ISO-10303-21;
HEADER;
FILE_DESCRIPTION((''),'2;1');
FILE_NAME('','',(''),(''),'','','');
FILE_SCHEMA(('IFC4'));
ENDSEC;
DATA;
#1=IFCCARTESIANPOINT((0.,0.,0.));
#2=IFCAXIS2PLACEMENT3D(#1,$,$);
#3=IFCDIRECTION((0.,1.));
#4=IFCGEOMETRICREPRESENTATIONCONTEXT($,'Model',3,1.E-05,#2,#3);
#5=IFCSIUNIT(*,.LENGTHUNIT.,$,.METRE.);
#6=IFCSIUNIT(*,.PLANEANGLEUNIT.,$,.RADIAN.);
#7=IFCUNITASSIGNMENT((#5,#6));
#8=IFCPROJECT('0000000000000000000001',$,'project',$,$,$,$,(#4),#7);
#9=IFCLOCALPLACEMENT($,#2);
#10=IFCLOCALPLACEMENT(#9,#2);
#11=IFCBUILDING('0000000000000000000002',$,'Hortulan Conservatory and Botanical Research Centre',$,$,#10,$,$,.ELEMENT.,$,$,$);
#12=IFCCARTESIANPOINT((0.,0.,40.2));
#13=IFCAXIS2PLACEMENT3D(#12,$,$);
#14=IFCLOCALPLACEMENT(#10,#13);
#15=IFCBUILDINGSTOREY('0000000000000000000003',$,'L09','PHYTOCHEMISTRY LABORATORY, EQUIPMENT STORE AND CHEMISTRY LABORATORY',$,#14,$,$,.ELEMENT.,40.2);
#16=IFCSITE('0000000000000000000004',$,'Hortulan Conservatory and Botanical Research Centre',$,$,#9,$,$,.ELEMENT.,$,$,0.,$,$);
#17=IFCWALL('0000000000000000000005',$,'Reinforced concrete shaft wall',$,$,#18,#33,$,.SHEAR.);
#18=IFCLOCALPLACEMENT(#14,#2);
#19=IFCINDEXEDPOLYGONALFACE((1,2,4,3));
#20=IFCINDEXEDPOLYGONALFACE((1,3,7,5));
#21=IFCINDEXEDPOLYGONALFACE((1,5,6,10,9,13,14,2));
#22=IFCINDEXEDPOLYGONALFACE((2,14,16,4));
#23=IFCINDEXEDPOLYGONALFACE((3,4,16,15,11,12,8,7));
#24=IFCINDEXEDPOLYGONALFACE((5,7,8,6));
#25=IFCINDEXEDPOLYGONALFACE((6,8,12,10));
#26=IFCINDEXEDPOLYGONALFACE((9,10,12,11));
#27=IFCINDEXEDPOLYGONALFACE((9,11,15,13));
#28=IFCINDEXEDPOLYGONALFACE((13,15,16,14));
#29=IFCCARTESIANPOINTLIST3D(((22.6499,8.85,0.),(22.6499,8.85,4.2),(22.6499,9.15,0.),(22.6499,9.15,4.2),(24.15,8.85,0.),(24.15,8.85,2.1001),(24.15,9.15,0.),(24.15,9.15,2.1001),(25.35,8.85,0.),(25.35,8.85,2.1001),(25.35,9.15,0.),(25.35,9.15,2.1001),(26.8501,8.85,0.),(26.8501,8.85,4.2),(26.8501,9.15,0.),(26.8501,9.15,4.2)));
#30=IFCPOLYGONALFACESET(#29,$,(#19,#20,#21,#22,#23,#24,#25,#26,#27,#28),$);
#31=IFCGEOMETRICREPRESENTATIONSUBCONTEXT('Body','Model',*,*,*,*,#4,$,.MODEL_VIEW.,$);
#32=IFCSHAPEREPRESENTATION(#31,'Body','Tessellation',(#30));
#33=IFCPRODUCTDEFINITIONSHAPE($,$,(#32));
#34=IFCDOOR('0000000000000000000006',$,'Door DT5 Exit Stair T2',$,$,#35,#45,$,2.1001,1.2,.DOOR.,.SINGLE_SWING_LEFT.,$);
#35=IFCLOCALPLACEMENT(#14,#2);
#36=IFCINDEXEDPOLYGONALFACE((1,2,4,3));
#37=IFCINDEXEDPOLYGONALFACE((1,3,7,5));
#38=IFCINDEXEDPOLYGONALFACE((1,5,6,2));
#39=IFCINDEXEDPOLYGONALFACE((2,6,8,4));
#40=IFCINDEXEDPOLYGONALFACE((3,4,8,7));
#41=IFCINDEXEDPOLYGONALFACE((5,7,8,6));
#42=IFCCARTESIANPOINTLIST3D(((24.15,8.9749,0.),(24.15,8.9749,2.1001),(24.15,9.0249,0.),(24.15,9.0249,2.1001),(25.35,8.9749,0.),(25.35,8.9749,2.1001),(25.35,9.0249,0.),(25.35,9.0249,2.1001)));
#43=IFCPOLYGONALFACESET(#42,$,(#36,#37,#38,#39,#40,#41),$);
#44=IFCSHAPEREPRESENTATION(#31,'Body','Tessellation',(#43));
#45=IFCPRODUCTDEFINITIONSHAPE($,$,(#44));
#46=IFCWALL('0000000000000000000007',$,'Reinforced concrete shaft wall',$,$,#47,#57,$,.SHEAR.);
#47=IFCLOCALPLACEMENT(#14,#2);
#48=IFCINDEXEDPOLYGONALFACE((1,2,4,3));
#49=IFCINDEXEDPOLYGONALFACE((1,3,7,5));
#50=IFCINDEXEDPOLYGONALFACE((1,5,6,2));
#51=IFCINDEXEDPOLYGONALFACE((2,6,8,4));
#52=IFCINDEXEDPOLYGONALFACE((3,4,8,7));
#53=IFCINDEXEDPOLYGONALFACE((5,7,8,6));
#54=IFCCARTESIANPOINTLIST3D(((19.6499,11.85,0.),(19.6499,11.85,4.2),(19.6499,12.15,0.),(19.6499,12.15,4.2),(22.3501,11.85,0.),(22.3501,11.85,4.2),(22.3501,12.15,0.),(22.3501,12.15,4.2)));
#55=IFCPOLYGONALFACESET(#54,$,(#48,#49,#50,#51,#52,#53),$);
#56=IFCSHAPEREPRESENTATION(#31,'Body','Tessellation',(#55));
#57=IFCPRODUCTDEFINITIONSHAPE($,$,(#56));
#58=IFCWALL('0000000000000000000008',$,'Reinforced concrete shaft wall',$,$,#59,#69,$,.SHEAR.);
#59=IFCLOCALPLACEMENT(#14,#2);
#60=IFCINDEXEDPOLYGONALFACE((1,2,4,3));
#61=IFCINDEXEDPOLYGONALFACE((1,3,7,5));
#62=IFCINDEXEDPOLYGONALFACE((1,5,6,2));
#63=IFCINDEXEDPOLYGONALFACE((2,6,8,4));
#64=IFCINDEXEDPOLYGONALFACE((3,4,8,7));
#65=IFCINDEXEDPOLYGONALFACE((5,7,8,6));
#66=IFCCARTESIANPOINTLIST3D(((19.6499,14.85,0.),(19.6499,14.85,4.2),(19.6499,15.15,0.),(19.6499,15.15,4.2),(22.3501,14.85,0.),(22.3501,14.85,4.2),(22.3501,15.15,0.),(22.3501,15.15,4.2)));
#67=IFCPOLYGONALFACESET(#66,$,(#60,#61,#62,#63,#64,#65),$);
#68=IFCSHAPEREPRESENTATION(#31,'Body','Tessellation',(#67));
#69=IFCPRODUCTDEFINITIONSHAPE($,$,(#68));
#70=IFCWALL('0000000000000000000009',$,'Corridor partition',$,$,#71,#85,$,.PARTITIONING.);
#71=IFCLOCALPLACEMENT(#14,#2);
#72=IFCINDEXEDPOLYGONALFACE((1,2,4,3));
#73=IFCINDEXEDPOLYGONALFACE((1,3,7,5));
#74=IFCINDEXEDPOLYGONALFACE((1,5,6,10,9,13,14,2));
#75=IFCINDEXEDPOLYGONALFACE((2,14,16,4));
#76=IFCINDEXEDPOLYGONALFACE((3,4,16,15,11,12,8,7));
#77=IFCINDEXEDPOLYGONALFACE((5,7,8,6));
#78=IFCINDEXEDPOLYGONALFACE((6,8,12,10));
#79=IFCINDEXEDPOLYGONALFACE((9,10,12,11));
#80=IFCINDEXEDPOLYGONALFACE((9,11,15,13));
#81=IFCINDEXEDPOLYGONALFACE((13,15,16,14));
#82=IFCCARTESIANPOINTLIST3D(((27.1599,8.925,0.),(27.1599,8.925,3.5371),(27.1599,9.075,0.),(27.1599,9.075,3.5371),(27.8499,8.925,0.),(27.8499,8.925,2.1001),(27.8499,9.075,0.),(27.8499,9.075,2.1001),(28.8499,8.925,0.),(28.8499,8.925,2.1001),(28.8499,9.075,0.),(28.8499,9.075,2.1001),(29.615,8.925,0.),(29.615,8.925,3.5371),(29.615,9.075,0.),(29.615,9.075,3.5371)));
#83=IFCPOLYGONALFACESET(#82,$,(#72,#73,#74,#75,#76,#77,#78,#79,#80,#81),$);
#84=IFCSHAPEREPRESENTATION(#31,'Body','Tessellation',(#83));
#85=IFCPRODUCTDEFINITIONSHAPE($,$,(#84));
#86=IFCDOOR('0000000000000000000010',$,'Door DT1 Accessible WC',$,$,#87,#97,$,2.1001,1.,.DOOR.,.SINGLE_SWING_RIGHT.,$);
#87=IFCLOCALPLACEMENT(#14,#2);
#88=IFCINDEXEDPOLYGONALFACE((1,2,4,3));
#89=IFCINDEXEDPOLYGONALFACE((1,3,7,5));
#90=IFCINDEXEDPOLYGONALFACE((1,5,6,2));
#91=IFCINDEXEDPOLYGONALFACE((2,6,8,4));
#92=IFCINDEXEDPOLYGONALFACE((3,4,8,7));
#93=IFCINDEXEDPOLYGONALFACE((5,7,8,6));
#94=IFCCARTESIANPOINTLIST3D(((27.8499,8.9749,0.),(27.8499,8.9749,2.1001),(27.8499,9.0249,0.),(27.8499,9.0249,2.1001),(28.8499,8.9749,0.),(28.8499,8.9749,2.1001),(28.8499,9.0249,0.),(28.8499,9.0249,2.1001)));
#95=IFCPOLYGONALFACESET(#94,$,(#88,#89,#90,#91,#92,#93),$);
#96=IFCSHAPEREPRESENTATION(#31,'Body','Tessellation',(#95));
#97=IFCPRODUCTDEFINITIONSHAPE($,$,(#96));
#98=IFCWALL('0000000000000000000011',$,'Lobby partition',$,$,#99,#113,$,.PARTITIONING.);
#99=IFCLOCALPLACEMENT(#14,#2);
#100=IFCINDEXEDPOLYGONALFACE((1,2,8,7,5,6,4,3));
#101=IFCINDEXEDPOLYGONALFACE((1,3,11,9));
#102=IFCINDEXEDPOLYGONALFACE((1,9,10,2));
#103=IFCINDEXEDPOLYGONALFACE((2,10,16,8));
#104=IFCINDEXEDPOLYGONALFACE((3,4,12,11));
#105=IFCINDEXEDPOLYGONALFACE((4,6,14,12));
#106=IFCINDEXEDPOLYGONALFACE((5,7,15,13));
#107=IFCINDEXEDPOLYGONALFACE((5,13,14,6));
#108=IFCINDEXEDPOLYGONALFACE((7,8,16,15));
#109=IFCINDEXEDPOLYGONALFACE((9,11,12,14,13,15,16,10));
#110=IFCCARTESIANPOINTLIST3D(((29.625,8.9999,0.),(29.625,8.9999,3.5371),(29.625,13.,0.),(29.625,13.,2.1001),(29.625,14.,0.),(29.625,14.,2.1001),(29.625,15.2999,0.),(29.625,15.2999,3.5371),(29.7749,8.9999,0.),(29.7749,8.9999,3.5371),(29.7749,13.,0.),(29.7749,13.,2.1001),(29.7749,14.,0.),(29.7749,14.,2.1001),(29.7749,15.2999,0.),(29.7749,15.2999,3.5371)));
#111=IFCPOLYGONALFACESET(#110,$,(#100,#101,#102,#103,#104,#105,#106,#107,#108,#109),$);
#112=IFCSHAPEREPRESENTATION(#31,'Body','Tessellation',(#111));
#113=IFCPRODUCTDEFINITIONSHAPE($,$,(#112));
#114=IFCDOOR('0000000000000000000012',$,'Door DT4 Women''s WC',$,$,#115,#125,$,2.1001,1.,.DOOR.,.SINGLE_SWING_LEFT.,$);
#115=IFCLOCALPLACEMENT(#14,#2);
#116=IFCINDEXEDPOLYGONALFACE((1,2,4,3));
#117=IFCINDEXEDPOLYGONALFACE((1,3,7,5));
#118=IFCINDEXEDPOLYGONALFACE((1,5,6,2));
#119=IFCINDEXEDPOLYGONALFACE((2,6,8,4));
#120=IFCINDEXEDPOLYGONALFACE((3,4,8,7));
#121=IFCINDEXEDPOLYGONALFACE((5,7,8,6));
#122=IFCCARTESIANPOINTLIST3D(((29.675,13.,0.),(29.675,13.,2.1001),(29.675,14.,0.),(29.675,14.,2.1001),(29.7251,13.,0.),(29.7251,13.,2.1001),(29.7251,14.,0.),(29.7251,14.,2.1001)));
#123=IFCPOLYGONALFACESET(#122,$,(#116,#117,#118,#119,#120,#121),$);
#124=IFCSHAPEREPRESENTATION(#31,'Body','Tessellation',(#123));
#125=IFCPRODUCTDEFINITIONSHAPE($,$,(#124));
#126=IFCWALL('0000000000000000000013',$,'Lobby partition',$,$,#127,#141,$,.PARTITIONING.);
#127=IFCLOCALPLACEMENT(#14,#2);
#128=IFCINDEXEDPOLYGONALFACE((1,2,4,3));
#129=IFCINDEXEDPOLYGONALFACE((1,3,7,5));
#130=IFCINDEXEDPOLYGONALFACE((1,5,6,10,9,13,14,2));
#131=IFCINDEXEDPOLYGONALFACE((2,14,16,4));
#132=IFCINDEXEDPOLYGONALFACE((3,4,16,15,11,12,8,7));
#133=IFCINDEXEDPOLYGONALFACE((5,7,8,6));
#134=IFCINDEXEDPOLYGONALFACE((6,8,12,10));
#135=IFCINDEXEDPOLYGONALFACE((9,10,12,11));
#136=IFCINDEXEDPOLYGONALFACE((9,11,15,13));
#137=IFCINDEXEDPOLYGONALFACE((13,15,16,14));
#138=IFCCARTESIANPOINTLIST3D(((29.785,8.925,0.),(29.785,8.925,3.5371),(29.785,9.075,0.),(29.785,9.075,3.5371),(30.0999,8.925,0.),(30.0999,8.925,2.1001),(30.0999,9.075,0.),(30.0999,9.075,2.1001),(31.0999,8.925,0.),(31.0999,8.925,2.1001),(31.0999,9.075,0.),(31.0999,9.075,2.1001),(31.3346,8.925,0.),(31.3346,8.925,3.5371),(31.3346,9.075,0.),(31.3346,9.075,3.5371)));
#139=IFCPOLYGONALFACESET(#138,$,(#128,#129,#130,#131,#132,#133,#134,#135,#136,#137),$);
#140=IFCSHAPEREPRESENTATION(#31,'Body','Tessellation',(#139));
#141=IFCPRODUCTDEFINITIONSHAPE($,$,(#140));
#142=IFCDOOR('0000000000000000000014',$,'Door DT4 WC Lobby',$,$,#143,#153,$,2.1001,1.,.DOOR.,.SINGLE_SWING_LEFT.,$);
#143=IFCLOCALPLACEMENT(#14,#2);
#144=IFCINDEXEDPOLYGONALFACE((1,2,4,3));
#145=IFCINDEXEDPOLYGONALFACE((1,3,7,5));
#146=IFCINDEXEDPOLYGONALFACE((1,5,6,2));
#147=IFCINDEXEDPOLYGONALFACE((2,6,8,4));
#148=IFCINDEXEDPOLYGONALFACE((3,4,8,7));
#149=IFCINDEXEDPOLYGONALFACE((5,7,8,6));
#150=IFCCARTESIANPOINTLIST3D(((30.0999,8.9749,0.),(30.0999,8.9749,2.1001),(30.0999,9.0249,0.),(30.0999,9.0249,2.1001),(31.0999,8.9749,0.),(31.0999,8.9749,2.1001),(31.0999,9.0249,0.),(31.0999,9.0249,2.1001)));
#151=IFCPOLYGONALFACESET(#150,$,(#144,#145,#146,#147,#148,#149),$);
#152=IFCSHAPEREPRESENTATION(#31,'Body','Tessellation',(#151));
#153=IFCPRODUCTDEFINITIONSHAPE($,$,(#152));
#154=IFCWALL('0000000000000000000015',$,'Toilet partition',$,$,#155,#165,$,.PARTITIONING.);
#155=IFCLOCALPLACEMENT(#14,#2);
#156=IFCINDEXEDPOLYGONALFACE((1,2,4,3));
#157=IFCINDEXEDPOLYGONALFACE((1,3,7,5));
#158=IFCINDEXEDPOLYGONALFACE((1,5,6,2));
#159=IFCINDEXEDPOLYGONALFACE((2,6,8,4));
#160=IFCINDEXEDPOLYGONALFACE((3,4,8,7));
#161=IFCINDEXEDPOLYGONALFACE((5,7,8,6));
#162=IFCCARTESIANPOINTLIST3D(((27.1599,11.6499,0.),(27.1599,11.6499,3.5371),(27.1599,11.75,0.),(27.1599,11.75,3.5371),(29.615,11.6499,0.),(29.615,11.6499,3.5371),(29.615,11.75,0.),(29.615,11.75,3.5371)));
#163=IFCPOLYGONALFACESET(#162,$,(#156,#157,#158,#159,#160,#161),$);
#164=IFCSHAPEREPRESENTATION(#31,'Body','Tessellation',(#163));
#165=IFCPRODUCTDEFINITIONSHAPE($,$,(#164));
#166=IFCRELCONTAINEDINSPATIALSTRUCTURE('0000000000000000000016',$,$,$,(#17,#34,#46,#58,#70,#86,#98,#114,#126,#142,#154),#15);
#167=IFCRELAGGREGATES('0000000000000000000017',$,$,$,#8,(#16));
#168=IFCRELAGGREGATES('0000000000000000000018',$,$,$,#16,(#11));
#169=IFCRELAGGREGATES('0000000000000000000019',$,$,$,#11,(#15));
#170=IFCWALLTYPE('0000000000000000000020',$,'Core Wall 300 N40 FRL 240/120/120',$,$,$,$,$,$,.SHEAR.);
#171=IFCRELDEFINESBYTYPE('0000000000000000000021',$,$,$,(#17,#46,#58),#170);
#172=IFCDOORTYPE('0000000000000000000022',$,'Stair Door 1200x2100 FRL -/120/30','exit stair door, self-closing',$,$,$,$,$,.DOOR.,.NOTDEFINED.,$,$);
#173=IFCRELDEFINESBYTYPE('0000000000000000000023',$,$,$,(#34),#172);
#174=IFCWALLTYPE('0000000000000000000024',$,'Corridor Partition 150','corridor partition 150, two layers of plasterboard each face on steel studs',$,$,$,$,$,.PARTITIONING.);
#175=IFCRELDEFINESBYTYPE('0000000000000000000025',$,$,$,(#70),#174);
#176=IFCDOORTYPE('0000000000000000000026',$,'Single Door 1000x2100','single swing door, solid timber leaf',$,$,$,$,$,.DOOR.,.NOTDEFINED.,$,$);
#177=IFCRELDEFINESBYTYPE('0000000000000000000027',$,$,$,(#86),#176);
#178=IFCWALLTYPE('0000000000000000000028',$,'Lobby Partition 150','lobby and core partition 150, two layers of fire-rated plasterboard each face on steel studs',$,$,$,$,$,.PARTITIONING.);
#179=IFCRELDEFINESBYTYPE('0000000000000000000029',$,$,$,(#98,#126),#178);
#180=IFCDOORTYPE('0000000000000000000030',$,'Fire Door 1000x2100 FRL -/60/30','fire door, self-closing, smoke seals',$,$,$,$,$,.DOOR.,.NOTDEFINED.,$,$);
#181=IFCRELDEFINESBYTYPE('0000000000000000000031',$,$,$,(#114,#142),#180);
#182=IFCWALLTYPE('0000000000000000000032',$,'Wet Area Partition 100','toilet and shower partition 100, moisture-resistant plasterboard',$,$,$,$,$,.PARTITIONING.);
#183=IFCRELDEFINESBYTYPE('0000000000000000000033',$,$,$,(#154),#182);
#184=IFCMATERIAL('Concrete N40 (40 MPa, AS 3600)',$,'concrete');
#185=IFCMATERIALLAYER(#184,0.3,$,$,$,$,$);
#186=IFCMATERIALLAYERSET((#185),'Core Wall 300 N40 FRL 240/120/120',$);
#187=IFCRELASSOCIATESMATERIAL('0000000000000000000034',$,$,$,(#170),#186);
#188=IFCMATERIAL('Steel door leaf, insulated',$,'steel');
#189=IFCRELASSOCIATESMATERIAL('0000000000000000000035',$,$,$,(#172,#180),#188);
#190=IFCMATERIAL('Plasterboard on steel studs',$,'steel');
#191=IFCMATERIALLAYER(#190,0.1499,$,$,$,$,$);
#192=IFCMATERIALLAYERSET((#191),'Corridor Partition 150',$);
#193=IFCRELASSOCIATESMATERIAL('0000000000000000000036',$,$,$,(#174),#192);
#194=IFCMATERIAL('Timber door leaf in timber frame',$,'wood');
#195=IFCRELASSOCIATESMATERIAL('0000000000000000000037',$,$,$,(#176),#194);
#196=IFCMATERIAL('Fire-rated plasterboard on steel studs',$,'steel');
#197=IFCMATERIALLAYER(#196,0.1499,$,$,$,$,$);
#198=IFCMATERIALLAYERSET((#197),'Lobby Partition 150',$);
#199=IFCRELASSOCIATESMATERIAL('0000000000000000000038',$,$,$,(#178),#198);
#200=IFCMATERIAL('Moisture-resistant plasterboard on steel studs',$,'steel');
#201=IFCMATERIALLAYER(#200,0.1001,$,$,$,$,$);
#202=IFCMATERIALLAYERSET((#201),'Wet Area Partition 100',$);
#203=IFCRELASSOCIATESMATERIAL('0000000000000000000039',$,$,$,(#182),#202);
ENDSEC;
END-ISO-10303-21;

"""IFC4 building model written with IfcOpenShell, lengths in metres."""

from ifc_helpers import new_model, si_unit, direction, frame, frame_2d, origin, place, context, subcontext, project, spatial, rectangle, extrude, material, layer, layer_set, type_object, element, fill, save


model = new_model("IFC4")

# Units and contexts
model_context = context("Model", 3, precision=1e-05, world=origin(), true_north=direction((0.0, 1.0)))
body_context = subcontext(model_context, "Body", "Model", "MODEL_VIEW")
ifc_project = project(units=[si_unit("LENGTHUNIT", "METRE"), si_unit("PLANEANGLEUNIT", "RADIAN")], contexts=[model_context])

# Site, building, storey
site_placement = place(None, origin())
site = spatial("IfcSite", under=ifc_project, at=site_placement, Name="Hortulan Conservatory and Botanical Research Centre", CompositionType="ELEMENT", RefElevation=0.0)
building_placement = place(site_placement, origin())
building = spatial("IfcBuilding", under=site, at=building_placement, Name="Hortulan Conservatory and Botanical Research Centre", CompositionType="ELEMENT")
storey_placement = place(building_placement, frame((0.0, 0.0, 40.2)))
storey = spatial("IfcBuildingStorey", under=building, at=storey_placement, Name="L09", Description="PHYTOCHEMISTRY LABORATORY, EQUIPMENT STORE AND CHEMISTRY LABORATORY", CompositionType="ELEMENT", Elevation=40.2)

# Shared definitions
ifc_material_1 = material(Name="Concrete N40 (40 MPa, AS 3600)", Category="concrete")
ifc_layer_1 = layer(ifc_material_1, 0.3)
ifc_layer_set_1 = layer_set([ifc_layer_1], Name="Core Wall 300 N40 FRL 240/120/120")
wall_type_1 = type_object("IfcWallType", Name="Core Wall 300 N40 FRL 240/120/120", PredefinedType="SHEAR", material=ifc_layer_set_1)

# Wall, opening, door
wall_1_placement = place(storey_placement, frame((22.6499, 9.0, 0.0), z_axis=(0.0, 0.0, 1.0), x_axis=(1.0, 0.0, 0.0)))
wall_1 = element("IfcWall", 1, at=wall_1_placement, inside=storey, type_object=wall_type_1, Name="Reinforced concrete shaft wall", PredefinedType="SHEAR", context=body_context, shape_type="SweptSolid", body=[
    extrude(rectangle(XDim=4.2002, YDim=0.3, at=frame_2d((2.1001, 0.0))), origin(), (0.0, 0.0, 1.0), 4.2),
])
opening_1_placement = place(wall_1_placement, frame((1.5, 0.0, 0.0)))
opening_1 = element("IfcOpeningElement", 2, at=opening_1_placement, cuts=wall_1, PredefinedType="OPENING", context=body_context, shape_type="SweptSolid", body=[
    extrude(rectangle(XDim=1.2, YDim=2.1001, at=frame_2d((0.6001, 1.05))), frame((0.0, 0.1599, 0.0), z_axis=(0.0, -1.0, 0.0), x_axis=(1.0, 0.0, 0.0)), (0.0, 0.0, 1.0), 0.3201),
])
ifc_material_2 = material(Name="Steel door leaf, insulated", Category="steel")
door_type_1 = type_object("IfcDoorType", Name="Stair Door 1200x2100 FRL -/120/30", Description="exit stair door, self-closing", OperationType="NOTDEFINED", PredefinedType="DOOR", material=ifc_material_2)
door_1_placement = place(opening_1_placement, origin())
door_1 = element("IfcDoor", 3, at=door_1_placement, inside=storey, type_object=door_type_1, Name="Door DT5 Exit Stair T2", OperationType="SINGLE_SWING_LEFT", OverallHeight=2.1001, OverallWidth=1.2, PredefinedType="DOOR", context=body_context, shape_type="SweptSolid", body=[
    extrude(rectangle(XDim=1.2, YDim=2.1001, at=frame_2d((0.6001, 1.05))), frame((0.0, 0.0249, 0.0), z_axis=(0.0, -1.0, 0.0), x_axis=(1.0, 0.0, 0.0)), (0.0, 0.0, 1.0), 0.05),
])
fill(opening_1, door_1)

# Walls
for number, where, z_axis, x_axis, name in (
    (4, (19.6499, 12.0, 0.0), (0.0, 0.0, 1.0), (1.0, 0.0, 0.0), "Reinforced concrete shaft wall"),
    (5, (19.6499, 15.0, 0.0), (0.0, 0.0, 1.0), (1.0, 0.0, 0.0), "Reinforced concrete shaft wall"),
):
    element("IfcWall", number, at=place(storey_placement, frame(where, z_axis=z_axis, x_axis=x_axis)), inside=storey, type_object=wall_type_1, Name=name, PredefinedType="SHEAR", context=body_context, shape_type="SweptSolid", body=[
        extrude(rectangle(XDim=2.7002, YDim=0.3, at=frame_2d((1.3501, 0.0))), origin(), (0.0, 0.0, 1.0), 4.2),
    ])

# Walls, openings, doors
ifc_material_3 = material(Name="Plasterboard on steel studs", Category="steel")
ifc_layer_2 = layer(ifc_material_3, 0.1499)
ifc_layer_set_2 = layer_set([ifc_layer_2], Name="Corridor Partition 150")
wall_type_2 = type_object("IfcWallType", Name="Corridor Partition 150", Description="corridor partition 150, two layers of plasterboard each face on steel studs", PredefinedType="PARTITIONING", material=ifc_layer_set_2)
wall_2_placement = place(storey_placement, frame((27.1599, 9.0, 0.0), z_axis=(0.0, 0.0, 1.0), x_axis=(1.0, 0.0, 0.0)))
wall_2 = element("IfcWall", 6, at=wall_2_placement, inside=storey, type_object=wall_type_2, Name="Corridor partition", PredefinedType="PARTITIONING", context=body_context, shape_type="SweptSolid", body=[
    extrude(rectangle(XDim=2.4551, YDim=0.1499, at=frame_2d((1.2275, 0.0))), origin(), (0.0, 0.0, 1.0), 3.5371),
])
opening_2_placement = place(wall_2_placement, frame((0.6899, 0.0, 0.0)))
opening_2 = element("IfcOpeningElement", 7, at=opening_2_placement, cuts=wall_2, PredefinedType="OPENING", context=body_context, shape_type="SweptSolid", body=[
    extrude(rectangle(XDim=1.0, YDim=2.1001, at=frame_2d((0.5, 1.05))), frame((0.0, 0.085, 0.0), z_axis=(0.0, -1.0, 0.0), x_axis=(1.0, 0.0, 0.0)), (0.0, 0.0, 1.0), 0.1699),
])
ifc_material_4 = material(Name="Timber door leaf in timber frame", Category="wood")
door_type_2 = type_object("IfcDoorType", Name="Single Door 1000x2100", Description="single swing door, solid timber leaf", OperationType="NOTDEFINED", PredefinedType="DOOR", material=ifc_material_4)
door_2_placement = place(opening_2_placement, origin())
door_2 = element("IfcDoor", 8, at=door_2_placement, inside=storey, type_object=door_type_2, Name="Door DT1 Accessible WC", OperationType="SINGLE_SWING_RIGHT", OverallHeight=2.1001, OverallWidth=1.0, PredefinedType="DOOR", context=body_context, shape_type="SweptSolid", body=[
    extrude(rectangle(XDim=1.0, YDim=2.1001, at=frame_2d((0.5, 1.05))), frame((0.0, 0.0249, 0.0), z_axis=(0.0, -1.0, 0.0), x_axis=(1.0, 0.0, 0.0)), (0.0, 0.0, 1.0), 0.05),
])
fill(opening_2, door_2)
ifc_material_5 = material(Name="Fire-rated plasterboard on steel studs", Category="steel")
ifc_layer_3 = layer(ifc_material_5, 0.1499)
ifc_layer_set_3 = layer_set([ifc_layer_3], Name="Lobby Partition 150")
wall_type_3 = type_object("IfcWallType", Name="Lobby Partition 150", Description="lobby and core partition 150, two layers of fire-rated plasterboard each face on steel studs", PredefinedType="PARTITIONING", material=ifc_layer_set_3)
wall_3_placement = place(storey_placement, frame((29.7, 9.0, 0.0), z_axis=(0.0, 0.0, 1.0), x_axis=(0.0, 1.0, 0.0)))
wall_3 = element("IfcWall", 9, at=wall_3_placement, inside=storey, type_object=wall_type_3, Name="Lobby partition", PredefinedType="PARTITIONING", context=body_context, shape_type="SweptSolid", body=[
    extrude(rectangle(XDim=6.3, YDim=0.1499, at=frame_2d((3.1499, 0.0))), origin(), (0.0, 0.0, 1.0), 3.5371),
])
opening_3_placement = place(wall_3_placement, frame((4.0, 0.0, 0.0)))
opening_3 = element("IfcOpeningElement", 10, at=opening_3_placement, cuts=wall_3, PredefinedType="OPENING", context=body_context, shape_type="SweptSolid", body=[
    extrude(rectangle(XDim=1.0, YDim=2.1001, at=frame_2d((0.5, 1.05))), frame((0.0, 0.085, 0.0), z_axis=(0.0, -1.0, 0.0), x_axis=(1.0, 0.0, 0.0)), (0.0, 0.0, 1.0), 0.1699),
])
door_type_3 = type_object("IfcDoorType", Name="Fire Door 1000x2100 FRL -/60/30", Description="fire door, self-closing, smoke seals", OperationType="NOTDEFINED", PredefinedType="DOOR", material=ifc_material_2)
door_3_placement = place(opening_3_placement, origin())
door_3 = element("IfcDoor", 11, at=door_3_placement, inside=storey, type_object=door_type_3, Name="Door DT4 Women's WC", OperationType="SINGLE_SWING_LEFT", OverallHeight=2.1001, OverallWidth=1.0, PredefinedType="DOOR", context=body_context, shape_type="SweptSolid", body=[
    extrude(rectangle(XDim=1.0, YDim=2.1001, at=frame_2d((0.5, 1.05))), frame((0.0, 0.0249, 0.0), z_axis=(0.0, -1.0, 0.0), x_axis=(1.0, 0.0, 0.0)), (0.0, 0.0, 1.0), 0.05),
])
fill(opening_3, door_3)
wall_4_placement = place(storey_placement, frame((29.7849, 9.0, 0.0), z_axis=(0.0, 0.0, 1.0), x_axis=(1.0, 0.0, 0.0)))
wall_4 = element("IfcWall", 12, at=wall_4_placement, inside=storey, type_object=wall_type_3, Name="Lobby partition", PredefinedType="PARTITIONING", context=body_context, shape_type="SweptSolid", body=[
    extrude(rectangle(XDim=1.5496, YDim=0.1499, at=frame_2d((0.7749, 0.0))), origin(), (0.0, 0.0, 1.0), 3.5371),
])
opening_4_placement = place(wall_4_placement, frame((0.3149, 0.0, 0.0)))
opening_4 = element("IfcOpeningElement", 13, at=opening_4_placement, cuts=wall_4, PredefinedType="OPENING", context=body_context, shape_type="SweptSolid", body=[
    extrude(rectangle(XDim=1.0, YDim=2.1001, at=frame_2d((0.5, 1.05))), frame((0.0, 0.085, 0.0), z_axis=(0.0, -1.0, 0.0), x_axis=(1.0, 0.0, 0.0)), (0.0, 0.0, 1.0), 0.1699),
])
door_4_placement = place(opening_4_placement, origin())
door_4 = element("IfcDoor", 14, at=door_4_placement, inside=storey, type_object=door_type_3, Name="Door DT4 WC Lobby", OperationType="SINGLE_SWING_LEFT", OverallHeight=2.1001, OverallWidth=1.0, PredefinedType="DOOR", context=body_context, shape_type="SweptSolid", body=[
    extrude(rectangle(XDim=1.0, YDim=2.1001, at=frame_2d((0.5, 1.05))), frame((0.0, 0.0249, 0.0), z_axis=(0.0, -1.0, 0.0), x_axis=(1.0, 0.0, 0.0)), (0.0, 0.0, 1.0), 0.05),
])
fill(opening_4, door_4)

# Wall
ifc_material_6 = material(Name="Moisture-resistant plasterboard on steel studs", Category="steel")
ifc_layer_4 = layer(ifc_material_6, 0.1001)
ifc_layer_set_4 = layer_set([ifc_layer_4], Name="Wet Area Partition 100")
wall_type_4 = type_object("IfcWallType", Name="Wet Area Partition 100", Description="toilet and shower partition 100, moisture-resistant plasterboard", PredefinedType="PARTITIONING", material=ifc_layer_set_4)
wall_5_placement = place(storey_placement, frame((27.1599, 11.7, 0.0), z_axis=(0.0, 0.0, 1.0), x_axis=(1.0, 0.0, 0.0)))
element("IfcWall", 15, at=wall_5_placement, inside=storey, type_object=wall_type_4, Name="Toilet partition", PredefinedType="PARTITIONING", context=body_context, shape_type="SweptSolid", body=[
    extrude(rectangle(XDim=2.4551, YDim=0.1001, at=frame_2d((1.2275, 0.0))), origin(), (0.0, 0.0, 1.0), 3.5371),
])

save(model, "model.ifc")
